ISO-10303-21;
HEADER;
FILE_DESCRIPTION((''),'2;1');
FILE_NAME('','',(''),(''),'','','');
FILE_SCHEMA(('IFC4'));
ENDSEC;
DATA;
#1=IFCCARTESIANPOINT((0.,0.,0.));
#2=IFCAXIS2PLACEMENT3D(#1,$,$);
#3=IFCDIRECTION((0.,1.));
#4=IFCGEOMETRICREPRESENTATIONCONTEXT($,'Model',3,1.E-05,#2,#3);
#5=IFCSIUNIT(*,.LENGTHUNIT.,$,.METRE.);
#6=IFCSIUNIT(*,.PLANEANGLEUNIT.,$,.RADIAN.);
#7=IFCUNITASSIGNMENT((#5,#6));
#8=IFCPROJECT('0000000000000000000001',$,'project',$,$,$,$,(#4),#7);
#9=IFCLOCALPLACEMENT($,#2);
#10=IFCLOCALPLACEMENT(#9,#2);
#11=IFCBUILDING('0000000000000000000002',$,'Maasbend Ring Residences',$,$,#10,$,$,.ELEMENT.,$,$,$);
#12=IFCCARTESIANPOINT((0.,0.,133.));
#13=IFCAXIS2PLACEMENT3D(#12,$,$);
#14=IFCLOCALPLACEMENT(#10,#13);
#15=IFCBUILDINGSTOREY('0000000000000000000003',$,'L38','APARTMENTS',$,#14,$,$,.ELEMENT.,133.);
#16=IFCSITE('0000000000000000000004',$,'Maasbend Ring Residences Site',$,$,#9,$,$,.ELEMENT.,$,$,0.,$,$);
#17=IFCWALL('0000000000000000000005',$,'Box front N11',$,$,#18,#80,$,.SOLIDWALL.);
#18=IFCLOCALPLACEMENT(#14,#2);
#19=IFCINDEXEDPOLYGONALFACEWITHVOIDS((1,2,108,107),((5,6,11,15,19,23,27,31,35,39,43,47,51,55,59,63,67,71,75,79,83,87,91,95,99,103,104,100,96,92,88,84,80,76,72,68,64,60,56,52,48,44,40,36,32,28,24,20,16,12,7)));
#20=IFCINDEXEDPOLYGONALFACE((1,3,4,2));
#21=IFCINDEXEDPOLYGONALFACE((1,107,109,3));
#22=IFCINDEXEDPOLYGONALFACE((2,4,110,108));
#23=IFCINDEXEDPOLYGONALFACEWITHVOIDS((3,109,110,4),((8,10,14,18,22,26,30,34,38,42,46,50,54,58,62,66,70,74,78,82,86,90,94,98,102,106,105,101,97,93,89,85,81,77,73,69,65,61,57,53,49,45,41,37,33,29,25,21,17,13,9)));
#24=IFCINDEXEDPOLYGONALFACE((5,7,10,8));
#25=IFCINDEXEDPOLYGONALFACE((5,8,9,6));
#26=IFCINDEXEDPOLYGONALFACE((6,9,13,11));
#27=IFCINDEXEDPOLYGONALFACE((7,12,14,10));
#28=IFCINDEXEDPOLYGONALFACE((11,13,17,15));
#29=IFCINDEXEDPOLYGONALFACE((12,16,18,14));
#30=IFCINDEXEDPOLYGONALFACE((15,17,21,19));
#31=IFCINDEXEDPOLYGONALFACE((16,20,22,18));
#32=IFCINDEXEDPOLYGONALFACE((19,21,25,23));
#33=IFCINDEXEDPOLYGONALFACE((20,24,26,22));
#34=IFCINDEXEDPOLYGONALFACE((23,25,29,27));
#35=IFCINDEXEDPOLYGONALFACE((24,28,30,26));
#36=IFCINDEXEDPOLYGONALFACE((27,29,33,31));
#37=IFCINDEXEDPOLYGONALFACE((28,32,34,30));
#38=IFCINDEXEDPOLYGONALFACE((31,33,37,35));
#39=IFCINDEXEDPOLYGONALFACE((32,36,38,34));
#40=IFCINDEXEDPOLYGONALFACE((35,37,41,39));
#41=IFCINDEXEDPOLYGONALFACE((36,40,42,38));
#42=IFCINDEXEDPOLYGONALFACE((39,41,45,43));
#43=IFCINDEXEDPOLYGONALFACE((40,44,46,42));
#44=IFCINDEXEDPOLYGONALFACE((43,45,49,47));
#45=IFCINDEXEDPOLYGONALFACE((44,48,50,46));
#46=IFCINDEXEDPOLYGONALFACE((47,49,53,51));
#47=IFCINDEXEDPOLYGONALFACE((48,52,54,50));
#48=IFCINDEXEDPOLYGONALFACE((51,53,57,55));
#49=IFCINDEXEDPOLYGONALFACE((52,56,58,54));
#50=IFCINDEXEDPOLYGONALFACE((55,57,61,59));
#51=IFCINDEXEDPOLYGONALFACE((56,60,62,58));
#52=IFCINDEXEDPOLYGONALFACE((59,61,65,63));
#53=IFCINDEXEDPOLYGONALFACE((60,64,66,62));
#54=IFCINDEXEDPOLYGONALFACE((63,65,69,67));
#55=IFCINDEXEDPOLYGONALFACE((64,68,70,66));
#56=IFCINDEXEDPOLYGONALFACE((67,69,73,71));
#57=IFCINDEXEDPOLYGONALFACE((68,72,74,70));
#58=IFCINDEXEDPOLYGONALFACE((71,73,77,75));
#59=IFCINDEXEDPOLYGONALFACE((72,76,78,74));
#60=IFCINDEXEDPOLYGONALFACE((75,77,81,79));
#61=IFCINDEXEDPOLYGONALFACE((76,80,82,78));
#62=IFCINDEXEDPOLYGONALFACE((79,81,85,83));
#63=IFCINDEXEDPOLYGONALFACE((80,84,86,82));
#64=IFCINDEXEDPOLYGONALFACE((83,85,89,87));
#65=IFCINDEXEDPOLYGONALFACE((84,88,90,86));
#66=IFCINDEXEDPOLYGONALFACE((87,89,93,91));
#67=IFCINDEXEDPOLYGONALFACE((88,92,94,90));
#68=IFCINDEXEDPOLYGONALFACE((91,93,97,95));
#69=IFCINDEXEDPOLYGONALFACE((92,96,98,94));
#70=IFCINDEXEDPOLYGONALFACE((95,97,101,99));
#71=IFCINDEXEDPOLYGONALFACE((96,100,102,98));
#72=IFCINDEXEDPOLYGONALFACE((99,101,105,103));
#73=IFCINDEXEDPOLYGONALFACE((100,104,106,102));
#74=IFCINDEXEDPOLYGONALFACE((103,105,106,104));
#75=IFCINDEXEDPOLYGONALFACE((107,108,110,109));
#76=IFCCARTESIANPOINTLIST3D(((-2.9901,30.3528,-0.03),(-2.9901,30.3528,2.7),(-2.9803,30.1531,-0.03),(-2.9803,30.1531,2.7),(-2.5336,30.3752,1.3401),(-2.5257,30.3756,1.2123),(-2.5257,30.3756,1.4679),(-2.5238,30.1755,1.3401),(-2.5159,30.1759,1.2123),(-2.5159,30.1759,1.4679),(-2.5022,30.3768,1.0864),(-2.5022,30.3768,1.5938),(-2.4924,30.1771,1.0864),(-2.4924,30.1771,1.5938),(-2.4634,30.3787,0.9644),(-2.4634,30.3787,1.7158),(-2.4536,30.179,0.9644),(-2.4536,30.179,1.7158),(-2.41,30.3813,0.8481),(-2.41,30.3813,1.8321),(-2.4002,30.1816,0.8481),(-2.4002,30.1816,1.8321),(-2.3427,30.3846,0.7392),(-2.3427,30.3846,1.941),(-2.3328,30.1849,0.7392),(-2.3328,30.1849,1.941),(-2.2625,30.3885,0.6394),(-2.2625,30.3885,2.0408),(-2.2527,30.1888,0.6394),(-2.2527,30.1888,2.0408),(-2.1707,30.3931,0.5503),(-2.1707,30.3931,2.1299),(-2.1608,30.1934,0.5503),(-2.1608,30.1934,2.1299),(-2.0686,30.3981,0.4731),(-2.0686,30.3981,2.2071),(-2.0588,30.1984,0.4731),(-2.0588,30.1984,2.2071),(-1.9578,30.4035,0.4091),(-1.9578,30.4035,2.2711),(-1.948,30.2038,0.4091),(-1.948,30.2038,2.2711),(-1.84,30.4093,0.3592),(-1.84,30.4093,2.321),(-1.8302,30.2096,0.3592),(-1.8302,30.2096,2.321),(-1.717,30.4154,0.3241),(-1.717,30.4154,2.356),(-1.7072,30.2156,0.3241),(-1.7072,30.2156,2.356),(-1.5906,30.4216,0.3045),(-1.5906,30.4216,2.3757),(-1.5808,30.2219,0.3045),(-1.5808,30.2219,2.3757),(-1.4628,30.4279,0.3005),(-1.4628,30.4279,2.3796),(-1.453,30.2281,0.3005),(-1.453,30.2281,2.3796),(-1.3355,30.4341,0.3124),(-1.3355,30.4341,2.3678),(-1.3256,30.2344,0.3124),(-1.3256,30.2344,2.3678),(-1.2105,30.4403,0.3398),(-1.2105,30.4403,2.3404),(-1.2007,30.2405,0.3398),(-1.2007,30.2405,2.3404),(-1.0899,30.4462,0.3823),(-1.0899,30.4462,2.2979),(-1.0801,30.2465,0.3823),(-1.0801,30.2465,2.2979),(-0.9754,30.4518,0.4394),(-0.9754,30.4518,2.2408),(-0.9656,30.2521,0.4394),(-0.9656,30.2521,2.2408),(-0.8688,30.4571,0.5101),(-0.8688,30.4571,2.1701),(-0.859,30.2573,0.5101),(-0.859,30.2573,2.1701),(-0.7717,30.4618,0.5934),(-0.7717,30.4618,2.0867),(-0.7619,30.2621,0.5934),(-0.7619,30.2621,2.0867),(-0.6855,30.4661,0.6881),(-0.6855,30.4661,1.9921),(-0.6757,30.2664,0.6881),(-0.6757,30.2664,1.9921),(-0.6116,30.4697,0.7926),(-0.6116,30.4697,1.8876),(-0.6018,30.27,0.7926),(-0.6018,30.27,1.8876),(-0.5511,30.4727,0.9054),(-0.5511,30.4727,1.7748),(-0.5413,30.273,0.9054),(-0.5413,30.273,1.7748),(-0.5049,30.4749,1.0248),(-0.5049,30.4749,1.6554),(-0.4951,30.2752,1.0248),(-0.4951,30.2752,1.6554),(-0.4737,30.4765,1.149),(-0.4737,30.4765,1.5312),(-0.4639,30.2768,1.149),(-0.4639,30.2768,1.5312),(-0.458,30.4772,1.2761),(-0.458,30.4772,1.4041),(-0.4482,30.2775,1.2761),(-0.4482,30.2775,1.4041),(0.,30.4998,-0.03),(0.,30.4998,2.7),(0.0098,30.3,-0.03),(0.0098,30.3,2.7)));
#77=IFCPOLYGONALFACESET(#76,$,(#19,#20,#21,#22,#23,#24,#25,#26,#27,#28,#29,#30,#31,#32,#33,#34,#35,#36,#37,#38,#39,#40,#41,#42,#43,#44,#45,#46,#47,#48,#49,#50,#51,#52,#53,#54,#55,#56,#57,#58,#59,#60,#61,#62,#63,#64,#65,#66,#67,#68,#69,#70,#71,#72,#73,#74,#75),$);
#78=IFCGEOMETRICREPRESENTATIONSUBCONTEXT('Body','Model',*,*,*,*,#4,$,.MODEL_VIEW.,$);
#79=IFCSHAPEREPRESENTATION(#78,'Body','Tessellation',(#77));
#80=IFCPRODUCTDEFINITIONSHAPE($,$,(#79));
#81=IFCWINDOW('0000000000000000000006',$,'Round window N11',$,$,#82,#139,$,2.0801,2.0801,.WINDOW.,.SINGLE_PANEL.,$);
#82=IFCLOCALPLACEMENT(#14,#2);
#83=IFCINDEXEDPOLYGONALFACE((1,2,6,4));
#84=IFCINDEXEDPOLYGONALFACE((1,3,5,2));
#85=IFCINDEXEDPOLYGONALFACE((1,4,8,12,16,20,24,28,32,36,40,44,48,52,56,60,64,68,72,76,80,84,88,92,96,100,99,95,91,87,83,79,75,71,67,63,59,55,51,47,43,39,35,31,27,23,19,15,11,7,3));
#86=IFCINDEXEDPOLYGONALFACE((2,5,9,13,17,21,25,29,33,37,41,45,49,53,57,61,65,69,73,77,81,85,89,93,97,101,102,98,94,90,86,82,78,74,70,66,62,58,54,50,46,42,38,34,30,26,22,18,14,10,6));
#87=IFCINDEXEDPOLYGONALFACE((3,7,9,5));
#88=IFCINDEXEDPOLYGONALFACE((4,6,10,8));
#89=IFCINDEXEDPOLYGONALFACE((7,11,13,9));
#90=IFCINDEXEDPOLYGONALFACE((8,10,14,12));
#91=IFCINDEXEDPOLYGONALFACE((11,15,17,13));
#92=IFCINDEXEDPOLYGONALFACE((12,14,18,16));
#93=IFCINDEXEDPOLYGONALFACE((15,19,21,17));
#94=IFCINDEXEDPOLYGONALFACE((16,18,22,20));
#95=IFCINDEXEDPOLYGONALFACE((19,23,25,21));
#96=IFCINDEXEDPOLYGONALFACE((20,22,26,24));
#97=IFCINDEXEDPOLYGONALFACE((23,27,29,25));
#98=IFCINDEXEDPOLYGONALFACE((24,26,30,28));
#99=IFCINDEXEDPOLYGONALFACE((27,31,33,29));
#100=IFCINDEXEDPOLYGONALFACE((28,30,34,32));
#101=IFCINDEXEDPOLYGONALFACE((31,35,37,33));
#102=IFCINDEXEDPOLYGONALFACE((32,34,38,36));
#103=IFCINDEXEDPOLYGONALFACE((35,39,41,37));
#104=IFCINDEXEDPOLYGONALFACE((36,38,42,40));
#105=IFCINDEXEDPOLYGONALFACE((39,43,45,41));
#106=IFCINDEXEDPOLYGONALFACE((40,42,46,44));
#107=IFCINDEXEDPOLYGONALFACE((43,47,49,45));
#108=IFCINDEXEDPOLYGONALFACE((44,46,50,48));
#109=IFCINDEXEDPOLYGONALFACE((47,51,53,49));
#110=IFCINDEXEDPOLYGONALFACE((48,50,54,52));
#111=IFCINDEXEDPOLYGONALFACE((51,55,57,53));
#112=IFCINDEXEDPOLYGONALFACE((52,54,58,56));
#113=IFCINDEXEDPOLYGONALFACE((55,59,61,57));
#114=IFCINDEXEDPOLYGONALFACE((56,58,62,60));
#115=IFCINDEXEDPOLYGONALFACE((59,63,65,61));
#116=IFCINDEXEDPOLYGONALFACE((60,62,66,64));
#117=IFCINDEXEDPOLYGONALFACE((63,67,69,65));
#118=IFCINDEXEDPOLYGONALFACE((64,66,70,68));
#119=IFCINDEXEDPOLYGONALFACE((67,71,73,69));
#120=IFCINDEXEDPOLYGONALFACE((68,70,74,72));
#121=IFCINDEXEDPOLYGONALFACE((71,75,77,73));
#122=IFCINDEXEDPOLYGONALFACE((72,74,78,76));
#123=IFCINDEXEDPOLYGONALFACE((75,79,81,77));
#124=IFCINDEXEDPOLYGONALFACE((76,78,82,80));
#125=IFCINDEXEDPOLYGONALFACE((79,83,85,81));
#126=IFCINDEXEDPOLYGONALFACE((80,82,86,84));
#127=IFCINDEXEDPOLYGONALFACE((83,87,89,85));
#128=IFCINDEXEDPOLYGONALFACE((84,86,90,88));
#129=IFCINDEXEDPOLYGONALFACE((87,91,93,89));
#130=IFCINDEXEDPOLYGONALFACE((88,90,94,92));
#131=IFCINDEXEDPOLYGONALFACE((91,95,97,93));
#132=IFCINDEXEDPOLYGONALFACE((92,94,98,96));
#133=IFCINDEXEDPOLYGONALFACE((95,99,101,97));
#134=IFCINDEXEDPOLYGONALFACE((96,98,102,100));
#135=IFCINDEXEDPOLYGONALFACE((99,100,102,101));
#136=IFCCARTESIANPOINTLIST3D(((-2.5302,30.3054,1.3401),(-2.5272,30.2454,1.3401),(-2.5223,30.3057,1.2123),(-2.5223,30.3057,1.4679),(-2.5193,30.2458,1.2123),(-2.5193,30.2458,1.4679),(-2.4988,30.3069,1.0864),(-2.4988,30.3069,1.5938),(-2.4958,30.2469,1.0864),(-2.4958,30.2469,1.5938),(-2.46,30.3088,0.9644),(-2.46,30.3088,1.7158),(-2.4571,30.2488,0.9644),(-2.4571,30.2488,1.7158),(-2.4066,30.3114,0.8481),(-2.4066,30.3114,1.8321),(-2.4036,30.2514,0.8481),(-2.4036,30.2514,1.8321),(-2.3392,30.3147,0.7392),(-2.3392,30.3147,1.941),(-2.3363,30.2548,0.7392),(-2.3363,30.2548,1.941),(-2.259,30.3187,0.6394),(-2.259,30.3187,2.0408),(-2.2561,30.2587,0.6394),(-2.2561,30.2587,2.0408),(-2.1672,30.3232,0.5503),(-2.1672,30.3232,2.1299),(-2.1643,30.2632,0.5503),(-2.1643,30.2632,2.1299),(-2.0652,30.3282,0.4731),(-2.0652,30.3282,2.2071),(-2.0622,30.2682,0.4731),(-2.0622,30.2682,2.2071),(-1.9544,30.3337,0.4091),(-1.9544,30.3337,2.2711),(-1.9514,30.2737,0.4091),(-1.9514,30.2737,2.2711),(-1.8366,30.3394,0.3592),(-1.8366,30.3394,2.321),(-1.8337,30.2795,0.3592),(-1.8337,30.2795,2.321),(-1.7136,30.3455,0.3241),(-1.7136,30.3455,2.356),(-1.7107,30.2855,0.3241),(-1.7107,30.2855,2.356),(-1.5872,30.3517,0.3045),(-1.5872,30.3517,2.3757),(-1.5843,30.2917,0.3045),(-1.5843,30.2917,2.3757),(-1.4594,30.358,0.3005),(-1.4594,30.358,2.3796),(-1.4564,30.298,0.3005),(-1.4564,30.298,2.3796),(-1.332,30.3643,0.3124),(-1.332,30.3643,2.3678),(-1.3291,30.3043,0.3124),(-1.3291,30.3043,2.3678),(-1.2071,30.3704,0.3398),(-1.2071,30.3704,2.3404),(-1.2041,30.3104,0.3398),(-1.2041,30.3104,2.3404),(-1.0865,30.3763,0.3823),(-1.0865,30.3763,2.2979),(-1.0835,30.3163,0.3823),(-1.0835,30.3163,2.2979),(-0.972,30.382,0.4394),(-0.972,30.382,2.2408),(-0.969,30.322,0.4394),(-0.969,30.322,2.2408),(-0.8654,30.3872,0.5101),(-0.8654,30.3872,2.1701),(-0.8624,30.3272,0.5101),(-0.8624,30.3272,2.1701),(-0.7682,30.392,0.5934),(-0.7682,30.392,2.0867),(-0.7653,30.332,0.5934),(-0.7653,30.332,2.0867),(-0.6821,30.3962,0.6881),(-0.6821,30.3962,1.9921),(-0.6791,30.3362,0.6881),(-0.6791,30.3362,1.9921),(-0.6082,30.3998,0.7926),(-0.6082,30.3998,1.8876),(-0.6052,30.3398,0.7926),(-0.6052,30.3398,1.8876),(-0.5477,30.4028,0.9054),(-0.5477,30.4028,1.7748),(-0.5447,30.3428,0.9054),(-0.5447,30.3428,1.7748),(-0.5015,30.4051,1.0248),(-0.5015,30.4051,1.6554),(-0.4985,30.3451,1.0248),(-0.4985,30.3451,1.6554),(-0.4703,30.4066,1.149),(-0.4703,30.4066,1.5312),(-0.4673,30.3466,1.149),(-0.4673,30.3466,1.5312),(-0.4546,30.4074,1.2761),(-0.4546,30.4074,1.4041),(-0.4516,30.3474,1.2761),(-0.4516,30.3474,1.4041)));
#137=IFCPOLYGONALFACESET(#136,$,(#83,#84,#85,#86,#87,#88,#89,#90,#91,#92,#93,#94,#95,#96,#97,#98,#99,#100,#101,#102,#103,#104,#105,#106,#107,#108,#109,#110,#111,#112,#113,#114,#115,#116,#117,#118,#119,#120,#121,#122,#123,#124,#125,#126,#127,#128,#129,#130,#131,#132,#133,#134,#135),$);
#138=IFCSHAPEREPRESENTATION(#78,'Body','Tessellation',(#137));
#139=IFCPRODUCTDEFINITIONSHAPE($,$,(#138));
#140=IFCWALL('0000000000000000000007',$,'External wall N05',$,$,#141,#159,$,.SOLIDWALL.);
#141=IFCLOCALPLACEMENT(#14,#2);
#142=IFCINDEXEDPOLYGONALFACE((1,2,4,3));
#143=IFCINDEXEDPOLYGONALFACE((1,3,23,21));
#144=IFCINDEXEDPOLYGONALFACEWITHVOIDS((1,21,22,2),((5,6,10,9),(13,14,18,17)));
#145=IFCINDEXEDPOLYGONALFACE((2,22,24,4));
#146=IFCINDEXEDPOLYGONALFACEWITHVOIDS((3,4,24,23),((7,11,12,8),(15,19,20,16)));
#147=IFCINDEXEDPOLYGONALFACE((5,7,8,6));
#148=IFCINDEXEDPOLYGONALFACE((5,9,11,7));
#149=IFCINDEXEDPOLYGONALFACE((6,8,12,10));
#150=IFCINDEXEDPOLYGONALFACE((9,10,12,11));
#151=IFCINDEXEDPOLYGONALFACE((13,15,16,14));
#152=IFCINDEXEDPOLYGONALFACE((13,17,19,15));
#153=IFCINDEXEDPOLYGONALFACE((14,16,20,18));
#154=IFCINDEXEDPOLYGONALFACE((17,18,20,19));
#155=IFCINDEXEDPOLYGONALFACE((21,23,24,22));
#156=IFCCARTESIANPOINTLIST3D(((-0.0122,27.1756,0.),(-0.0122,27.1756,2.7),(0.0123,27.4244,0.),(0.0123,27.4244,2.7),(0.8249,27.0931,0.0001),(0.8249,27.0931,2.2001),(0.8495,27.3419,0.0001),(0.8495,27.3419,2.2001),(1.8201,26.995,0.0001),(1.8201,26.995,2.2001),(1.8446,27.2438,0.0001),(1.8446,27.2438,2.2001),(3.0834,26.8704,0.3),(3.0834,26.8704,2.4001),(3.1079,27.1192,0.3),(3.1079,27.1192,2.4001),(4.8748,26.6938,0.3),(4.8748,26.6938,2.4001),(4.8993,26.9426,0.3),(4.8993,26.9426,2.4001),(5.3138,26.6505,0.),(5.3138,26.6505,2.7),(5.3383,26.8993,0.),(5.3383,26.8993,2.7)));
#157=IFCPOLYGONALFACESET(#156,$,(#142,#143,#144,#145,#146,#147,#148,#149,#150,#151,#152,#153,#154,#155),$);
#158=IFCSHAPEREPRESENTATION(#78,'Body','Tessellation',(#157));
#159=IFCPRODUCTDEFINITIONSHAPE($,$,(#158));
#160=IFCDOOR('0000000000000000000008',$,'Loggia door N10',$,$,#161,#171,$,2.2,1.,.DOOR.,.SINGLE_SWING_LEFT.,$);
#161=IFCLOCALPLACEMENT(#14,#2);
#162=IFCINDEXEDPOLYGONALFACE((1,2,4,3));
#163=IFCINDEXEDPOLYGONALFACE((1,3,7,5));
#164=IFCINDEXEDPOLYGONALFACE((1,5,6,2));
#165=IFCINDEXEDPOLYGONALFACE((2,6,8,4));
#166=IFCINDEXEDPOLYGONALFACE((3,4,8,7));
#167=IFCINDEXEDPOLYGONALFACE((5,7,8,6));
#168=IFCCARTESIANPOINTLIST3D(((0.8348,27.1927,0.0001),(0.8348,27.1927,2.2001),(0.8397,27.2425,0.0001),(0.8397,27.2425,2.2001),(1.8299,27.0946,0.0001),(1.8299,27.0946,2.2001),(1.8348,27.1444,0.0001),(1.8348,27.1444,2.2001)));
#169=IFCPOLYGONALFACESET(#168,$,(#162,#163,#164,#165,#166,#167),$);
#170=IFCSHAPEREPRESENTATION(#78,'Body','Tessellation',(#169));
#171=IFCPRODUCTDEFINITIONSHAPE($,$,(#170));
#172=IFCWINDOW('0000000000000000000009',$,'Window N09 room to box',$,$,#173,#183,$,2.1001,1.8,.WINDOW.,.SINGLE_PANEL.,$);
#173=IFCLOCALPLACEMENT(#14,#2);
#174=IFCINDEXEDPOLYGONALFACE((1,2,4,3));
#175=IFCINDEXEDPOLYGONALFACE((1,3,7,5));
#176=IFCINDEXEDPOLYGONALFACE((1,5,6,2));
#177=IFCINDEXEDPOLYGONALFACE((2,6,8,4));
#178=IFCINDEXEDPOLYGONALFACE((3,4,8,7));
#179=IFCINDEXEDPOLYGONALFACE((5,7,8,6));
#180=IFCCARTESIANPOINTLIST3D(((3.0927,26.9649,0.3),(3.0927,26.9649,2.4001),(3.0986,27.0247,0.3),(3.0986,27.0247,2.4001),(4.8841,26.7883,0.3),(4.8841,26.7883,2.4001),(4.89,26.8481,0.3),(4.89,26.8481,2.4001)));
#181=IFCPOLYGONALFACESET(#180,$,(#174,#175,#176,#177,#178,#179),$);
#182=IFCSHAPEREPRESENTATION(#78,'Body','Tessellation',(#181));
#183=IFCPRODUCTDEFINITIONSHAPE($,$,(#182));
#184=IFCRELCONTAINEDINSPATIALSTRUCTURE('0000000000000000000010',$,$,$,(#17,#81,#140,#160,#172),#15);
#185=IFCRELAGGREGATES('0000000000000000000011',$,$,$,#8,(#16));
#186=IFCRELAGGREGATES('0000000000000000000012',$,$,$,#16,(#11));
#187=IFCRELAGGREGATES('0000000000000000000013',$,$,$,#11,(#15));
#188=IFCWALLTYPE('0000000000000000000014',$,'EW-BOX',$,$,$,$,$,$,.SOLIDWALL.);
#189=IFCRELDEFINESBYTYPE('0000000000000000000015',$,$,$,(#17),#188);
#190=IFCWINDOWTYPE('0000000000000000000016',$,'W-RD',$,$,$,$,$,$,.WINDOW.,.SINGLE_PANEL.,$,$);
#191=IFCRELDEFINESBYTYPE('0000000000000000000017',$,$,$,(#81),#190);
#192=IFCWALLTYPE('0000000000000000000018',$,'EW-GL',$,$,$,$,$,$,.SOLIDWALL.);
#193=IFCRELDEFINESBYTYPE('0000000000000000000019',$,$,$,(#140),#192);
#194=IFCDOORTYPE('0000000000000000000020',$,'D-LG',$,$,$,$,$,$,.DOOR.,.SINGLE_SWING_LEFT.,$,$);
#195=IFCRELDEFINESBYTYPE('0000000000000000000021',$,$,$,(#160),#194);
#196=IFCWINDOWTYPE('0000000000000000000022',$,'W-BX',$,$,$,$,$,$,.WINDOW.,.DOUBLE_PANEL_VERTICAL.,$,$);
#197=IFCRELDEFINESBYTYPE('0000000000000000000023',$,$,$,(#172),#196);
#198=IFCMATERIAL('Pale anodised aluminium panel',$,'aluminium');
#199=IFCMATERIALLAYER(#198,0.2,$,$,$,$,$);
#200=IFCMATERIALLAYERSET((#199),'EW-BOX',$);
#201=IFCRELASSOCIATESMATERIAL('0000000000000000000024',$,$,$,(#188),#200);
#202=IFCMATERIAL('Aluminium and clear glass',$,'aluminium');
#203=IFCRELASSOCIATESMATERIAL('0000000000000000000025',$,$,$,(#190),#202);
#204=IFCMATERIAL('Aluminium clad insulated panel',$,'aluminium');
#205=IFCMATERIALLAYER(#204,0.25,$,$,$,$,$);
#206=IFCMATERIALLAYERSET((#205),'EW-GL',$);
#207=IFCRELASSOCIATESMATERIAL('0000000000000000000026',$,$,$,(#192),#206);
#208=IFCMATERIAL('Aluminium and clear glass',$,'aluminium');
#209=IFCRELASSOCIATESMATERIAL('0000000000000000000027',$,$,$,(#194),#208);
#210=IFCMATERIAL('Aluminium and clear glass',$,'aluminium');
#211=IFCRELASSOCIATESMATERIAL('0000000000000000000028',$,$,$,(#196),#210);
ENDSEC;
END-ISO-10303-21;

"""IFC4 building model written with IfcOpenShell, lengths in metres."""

from ifc_helpers import new_model, si_unit, direction, frame, frame_2d, origin, place, context, subcontext, project, spatial, rectangle, circle, extrude, material, layer, layer_set, type_object, element, fill, save


model = new_model("IFC4")

# Units and contexts
model_context = context("Model", 3, precision=1e-05, world=origin(), true_north=direction((0.0, 1.0)))
body_context = subcontext(model_context, "Body", "Model", "MODEL_VIEW")
ifc_project = project(units=[si_unit("LENGTHUNIT", "METRE"), si_unit("PLANEANGLEUNIT", "RADIAN")], contexts=[model_context])

# Site, building, storey
site_placement = place(None, origin())
site = spatial("IfcSite", under=ifc_project, at=site_placement, Name="Maasbend Ring Residences Site", CompositionType="ELEMENT", RefElevation=0.0)
building_placement = place(site_placement, origin())
building = spatial("IfcBuilding", under=site, at=building_placement, Name="Maasbend Ring Residences", CompositionType="ELEMENT")
storey_placement = place(building_placement, frame((0.0, 0.0, 133.0)))
storey = spatial("IfcBuildingStorey", under=building, at=storey_placement, Name="L38", Description="APARTMENTS", CompositionType="ELEMENT", Elevation=133.0)

# Shared definitions
ifc_material_1 = material(Name="Pale anodised aluminium panel", Category="aluminium")
ifc_layer_1 = layer(ifc_material_1, 0.2)
ifc_layer_set_1 = layer_set([ifc_layer_1], Name="EW-BOX")
wall_type_1 = type_object("IfcWallType", Name="EW-BOX", PredefinedType="SOLIDWALL", material=ifc_layer_set_1)

# Shared definitions
ifc_material_2 = material(Name="Aluminium and clear glass", Category="aluminium")
window_type_1 = type_object("IfcWindowType", Name="W-RD", PartitioningType="SINGLE_PANEL", PredefinedType="WINDOW", material=ifc_material_2)

# Wall, opening, window
wall_1_placement = place(storey_placement, frame((0.0049, 30.3999, -0.03), z_axis=(0.0, 0.0, 1.0), x_axis=(-0.998794, -0.049096, 0.0)))
wall_1 = element("IfcWall", 1, at=wall_1_placement, inside=storey, type_object=wall_type_1, Name="Box front N11", PredefinedType="SOLIDWALL", context=body_context, shape_type="SweptSolid", body=[
    extrude(rectangle(XDim=2.9937, YDim=0.2, at=frame_2d((1.4968, 0.0))), origin(), (0.0, 0.0, 1.0), 2.73),
])
opening_1_placement = place(wall_1_placement, frame((0.4565, 0.0, 0.3301)))
opening_1 = element("IfcOpeningElement", 2, at=opening_1_placement, cuts=wall_1, PredefinedType="OPENING", context=body_context, shape_type="SweptSolid", body=[
    extrude(circle(Radius=1.04, at=frame_2d((1.04, 1.04))), frame((0.0, 0.1099, 0.0), z_axis=(0.0, -1.0, 0.0), x_axis=(1.0, 0.0, 0.0)), (0.0, 0.0, 1.0), 0.22),
])
window_1_placement = place(opening_1_placement, origin())
window_1 = element("IfcWindow", 3, at=window_1_placement, inside=storey, type_object=window_type_1, Name="Round window N11", OverallHeight=2.0801, OverallWidth=2.0801, PartitioningType="SINGLE_PANEL", PredefinedType="WINDOW", context=body_context, shape_type="SweptSolid", body=[
    extrude(circle(Radius=1.04, at=frame_2d((1.04, 1.04))), frame((0.0, 0.03, 0.0), z_axis=(0.0, -1.0, 0.0), x_axis=(1.0, 0.0, 0.0)), (0.0, 0.0, 1.0), 0.0601),
])
fill(opening_1, window_1)

# Wall, openings, door, window
ifc_material_3 = material(Name="Aluminium clad insulated panel", Category="aluminium")
ifc_layer_2 = layer(ifc_material_3, 0.25)
ifc_layer_set_2 = layer_set([ifc_layer_2], Name="EW-GL")
wall_type_2 = type_object("IfcWallType", Name="EW-GL", PredefinedType="SOLIDWALL", material=ifc_layer_set_2)
wall_2_placement = place(storey_placement, frame((5.3259, 26.7749, 0.0), z_axis=(0.0, 0.0, 1.0), x_axis=(-0.995174, 0.098126, 0.0)))
wall_2 = element("IfcWall", 4, at=wall_2_placement, inside=storey, type_object=wall_type_2, Name="External wall N05", PredefinedType="SOLIDWALL", context=body_context, shape_type="SweptSolid", body=[
    extrude(rectangle(XDim=5.3518, YDim=0.25, at=frame_2d((2.6758, 0.0))), origin(), (0.0, 0.0, 1.0), 2.7),
])
opening_2_placement = place(wall_2_placement, frame((0.4412, 0.0, 0.3)))
opening_2 = element("IfcOpeningElement", 5, at=opening_2_placement, cuts=wall_2, PredefinedType="OPENING", context=body_context, shape_type="SweptSolid", body=[
    extrude(rectangle(XDim=1.8, YDim=2.1001, at=frame_2d((0.8999, 1.05))), frame((0.0, 0.135, 0.0), z_axis=(0.0, -1.0, 0.0), x_axis=(1.0, 0.0, 0.0)), (0.0, 0.0, 1.0), 0.27),
])
opening_3_placement = place(wall_2_placement, frame((3.5105, 0.0, 0.0)))
opening_3 = element("IfcOpeningElement", 6, at=opening_3_placement, cuts=wall_2, PredefinedType="OPENING", context=body_context, shape_type="SweptSolid", body=[
    extrude(rectangle(XDim=1.0, YDim=2.2, at=frame_2d((0.5, 1.1001))), frame((0.0, 0.135, 0.0), z_axis=(0.0, -1.0, 0.0), x_axis=(1.0, 0.0, 0.0)), (0.0, 0.0, 1.0), 0.27),
])
ifc_material_4 = material(Name="Aluminium and clear glass", Category="aluminium")
door_type_1 = type_object("IfcDoorType", Name="D-LG", OperationType="SINGLE_SWING_LEFT", PredefinedType="DOOR", material=ifc_material_4)
door_1_placement = place(opening_3_placement, origin())
door_1 = element("IfcDoor", 7, at=door_1_placement, inside=storey, type_object=door_type_1, Name="Loggia door N10", OperationType="SINGLE_SWING_LEFT", OverallHeight=2.2, OverallWidth=1.0, PredefinedType="DOOR", context=body_context, shape_type="SweptSolid", body=[
    extrude(rectangle(XDim=1.0, YDim=2.2, at=frame_2d((0.5, 1.1001))), frame((0.0, 0.0249, 0.0), z_axis=(0.0, -1.0, 0.0), x_axis=(1.0, 0.0, 0.0)), (0.0, 0.0, 1.0), 0.05),
])
fill(opening_3, door_1)
ifc_material_5 = material(Name="Aluminium and clear glass", Category="aluminium")
window_type_2 = type_object("IfcWindowType", Name="W-BX", PartitioningType="DOUBLE_PANEL_VERTICAL", PredefinedType="WINDOW", material=ifc_material_5)
window_2_placement = place(opening_2_placement, origin())
window_2 = element("IfcWindow", 8, at=window_2_placement, inside=storey, type_object=window_type_2, Name="Window N09 room to box", OverallHeight=2.1001, OverallWidth=1.8, PartitioningType="SINGLE_PANEL", PredefinedType="WINDOW", context=body_context, shape_type="SweptSolid", body=[
    extrude(rectangle(XDim=1.8, YDim=2.1001, at=frame_2d((0.8999, 1.05))), frame((0.0, 0.03, 0.0), z_axis=(0.0, -1.0, 0.0), x_axis=(1.0, 0.0, 0.0)), (0.0, 0.0, 1.0), 0.0601),
])
fill(opening_2, window_2)

save(model, "model.ifc")
